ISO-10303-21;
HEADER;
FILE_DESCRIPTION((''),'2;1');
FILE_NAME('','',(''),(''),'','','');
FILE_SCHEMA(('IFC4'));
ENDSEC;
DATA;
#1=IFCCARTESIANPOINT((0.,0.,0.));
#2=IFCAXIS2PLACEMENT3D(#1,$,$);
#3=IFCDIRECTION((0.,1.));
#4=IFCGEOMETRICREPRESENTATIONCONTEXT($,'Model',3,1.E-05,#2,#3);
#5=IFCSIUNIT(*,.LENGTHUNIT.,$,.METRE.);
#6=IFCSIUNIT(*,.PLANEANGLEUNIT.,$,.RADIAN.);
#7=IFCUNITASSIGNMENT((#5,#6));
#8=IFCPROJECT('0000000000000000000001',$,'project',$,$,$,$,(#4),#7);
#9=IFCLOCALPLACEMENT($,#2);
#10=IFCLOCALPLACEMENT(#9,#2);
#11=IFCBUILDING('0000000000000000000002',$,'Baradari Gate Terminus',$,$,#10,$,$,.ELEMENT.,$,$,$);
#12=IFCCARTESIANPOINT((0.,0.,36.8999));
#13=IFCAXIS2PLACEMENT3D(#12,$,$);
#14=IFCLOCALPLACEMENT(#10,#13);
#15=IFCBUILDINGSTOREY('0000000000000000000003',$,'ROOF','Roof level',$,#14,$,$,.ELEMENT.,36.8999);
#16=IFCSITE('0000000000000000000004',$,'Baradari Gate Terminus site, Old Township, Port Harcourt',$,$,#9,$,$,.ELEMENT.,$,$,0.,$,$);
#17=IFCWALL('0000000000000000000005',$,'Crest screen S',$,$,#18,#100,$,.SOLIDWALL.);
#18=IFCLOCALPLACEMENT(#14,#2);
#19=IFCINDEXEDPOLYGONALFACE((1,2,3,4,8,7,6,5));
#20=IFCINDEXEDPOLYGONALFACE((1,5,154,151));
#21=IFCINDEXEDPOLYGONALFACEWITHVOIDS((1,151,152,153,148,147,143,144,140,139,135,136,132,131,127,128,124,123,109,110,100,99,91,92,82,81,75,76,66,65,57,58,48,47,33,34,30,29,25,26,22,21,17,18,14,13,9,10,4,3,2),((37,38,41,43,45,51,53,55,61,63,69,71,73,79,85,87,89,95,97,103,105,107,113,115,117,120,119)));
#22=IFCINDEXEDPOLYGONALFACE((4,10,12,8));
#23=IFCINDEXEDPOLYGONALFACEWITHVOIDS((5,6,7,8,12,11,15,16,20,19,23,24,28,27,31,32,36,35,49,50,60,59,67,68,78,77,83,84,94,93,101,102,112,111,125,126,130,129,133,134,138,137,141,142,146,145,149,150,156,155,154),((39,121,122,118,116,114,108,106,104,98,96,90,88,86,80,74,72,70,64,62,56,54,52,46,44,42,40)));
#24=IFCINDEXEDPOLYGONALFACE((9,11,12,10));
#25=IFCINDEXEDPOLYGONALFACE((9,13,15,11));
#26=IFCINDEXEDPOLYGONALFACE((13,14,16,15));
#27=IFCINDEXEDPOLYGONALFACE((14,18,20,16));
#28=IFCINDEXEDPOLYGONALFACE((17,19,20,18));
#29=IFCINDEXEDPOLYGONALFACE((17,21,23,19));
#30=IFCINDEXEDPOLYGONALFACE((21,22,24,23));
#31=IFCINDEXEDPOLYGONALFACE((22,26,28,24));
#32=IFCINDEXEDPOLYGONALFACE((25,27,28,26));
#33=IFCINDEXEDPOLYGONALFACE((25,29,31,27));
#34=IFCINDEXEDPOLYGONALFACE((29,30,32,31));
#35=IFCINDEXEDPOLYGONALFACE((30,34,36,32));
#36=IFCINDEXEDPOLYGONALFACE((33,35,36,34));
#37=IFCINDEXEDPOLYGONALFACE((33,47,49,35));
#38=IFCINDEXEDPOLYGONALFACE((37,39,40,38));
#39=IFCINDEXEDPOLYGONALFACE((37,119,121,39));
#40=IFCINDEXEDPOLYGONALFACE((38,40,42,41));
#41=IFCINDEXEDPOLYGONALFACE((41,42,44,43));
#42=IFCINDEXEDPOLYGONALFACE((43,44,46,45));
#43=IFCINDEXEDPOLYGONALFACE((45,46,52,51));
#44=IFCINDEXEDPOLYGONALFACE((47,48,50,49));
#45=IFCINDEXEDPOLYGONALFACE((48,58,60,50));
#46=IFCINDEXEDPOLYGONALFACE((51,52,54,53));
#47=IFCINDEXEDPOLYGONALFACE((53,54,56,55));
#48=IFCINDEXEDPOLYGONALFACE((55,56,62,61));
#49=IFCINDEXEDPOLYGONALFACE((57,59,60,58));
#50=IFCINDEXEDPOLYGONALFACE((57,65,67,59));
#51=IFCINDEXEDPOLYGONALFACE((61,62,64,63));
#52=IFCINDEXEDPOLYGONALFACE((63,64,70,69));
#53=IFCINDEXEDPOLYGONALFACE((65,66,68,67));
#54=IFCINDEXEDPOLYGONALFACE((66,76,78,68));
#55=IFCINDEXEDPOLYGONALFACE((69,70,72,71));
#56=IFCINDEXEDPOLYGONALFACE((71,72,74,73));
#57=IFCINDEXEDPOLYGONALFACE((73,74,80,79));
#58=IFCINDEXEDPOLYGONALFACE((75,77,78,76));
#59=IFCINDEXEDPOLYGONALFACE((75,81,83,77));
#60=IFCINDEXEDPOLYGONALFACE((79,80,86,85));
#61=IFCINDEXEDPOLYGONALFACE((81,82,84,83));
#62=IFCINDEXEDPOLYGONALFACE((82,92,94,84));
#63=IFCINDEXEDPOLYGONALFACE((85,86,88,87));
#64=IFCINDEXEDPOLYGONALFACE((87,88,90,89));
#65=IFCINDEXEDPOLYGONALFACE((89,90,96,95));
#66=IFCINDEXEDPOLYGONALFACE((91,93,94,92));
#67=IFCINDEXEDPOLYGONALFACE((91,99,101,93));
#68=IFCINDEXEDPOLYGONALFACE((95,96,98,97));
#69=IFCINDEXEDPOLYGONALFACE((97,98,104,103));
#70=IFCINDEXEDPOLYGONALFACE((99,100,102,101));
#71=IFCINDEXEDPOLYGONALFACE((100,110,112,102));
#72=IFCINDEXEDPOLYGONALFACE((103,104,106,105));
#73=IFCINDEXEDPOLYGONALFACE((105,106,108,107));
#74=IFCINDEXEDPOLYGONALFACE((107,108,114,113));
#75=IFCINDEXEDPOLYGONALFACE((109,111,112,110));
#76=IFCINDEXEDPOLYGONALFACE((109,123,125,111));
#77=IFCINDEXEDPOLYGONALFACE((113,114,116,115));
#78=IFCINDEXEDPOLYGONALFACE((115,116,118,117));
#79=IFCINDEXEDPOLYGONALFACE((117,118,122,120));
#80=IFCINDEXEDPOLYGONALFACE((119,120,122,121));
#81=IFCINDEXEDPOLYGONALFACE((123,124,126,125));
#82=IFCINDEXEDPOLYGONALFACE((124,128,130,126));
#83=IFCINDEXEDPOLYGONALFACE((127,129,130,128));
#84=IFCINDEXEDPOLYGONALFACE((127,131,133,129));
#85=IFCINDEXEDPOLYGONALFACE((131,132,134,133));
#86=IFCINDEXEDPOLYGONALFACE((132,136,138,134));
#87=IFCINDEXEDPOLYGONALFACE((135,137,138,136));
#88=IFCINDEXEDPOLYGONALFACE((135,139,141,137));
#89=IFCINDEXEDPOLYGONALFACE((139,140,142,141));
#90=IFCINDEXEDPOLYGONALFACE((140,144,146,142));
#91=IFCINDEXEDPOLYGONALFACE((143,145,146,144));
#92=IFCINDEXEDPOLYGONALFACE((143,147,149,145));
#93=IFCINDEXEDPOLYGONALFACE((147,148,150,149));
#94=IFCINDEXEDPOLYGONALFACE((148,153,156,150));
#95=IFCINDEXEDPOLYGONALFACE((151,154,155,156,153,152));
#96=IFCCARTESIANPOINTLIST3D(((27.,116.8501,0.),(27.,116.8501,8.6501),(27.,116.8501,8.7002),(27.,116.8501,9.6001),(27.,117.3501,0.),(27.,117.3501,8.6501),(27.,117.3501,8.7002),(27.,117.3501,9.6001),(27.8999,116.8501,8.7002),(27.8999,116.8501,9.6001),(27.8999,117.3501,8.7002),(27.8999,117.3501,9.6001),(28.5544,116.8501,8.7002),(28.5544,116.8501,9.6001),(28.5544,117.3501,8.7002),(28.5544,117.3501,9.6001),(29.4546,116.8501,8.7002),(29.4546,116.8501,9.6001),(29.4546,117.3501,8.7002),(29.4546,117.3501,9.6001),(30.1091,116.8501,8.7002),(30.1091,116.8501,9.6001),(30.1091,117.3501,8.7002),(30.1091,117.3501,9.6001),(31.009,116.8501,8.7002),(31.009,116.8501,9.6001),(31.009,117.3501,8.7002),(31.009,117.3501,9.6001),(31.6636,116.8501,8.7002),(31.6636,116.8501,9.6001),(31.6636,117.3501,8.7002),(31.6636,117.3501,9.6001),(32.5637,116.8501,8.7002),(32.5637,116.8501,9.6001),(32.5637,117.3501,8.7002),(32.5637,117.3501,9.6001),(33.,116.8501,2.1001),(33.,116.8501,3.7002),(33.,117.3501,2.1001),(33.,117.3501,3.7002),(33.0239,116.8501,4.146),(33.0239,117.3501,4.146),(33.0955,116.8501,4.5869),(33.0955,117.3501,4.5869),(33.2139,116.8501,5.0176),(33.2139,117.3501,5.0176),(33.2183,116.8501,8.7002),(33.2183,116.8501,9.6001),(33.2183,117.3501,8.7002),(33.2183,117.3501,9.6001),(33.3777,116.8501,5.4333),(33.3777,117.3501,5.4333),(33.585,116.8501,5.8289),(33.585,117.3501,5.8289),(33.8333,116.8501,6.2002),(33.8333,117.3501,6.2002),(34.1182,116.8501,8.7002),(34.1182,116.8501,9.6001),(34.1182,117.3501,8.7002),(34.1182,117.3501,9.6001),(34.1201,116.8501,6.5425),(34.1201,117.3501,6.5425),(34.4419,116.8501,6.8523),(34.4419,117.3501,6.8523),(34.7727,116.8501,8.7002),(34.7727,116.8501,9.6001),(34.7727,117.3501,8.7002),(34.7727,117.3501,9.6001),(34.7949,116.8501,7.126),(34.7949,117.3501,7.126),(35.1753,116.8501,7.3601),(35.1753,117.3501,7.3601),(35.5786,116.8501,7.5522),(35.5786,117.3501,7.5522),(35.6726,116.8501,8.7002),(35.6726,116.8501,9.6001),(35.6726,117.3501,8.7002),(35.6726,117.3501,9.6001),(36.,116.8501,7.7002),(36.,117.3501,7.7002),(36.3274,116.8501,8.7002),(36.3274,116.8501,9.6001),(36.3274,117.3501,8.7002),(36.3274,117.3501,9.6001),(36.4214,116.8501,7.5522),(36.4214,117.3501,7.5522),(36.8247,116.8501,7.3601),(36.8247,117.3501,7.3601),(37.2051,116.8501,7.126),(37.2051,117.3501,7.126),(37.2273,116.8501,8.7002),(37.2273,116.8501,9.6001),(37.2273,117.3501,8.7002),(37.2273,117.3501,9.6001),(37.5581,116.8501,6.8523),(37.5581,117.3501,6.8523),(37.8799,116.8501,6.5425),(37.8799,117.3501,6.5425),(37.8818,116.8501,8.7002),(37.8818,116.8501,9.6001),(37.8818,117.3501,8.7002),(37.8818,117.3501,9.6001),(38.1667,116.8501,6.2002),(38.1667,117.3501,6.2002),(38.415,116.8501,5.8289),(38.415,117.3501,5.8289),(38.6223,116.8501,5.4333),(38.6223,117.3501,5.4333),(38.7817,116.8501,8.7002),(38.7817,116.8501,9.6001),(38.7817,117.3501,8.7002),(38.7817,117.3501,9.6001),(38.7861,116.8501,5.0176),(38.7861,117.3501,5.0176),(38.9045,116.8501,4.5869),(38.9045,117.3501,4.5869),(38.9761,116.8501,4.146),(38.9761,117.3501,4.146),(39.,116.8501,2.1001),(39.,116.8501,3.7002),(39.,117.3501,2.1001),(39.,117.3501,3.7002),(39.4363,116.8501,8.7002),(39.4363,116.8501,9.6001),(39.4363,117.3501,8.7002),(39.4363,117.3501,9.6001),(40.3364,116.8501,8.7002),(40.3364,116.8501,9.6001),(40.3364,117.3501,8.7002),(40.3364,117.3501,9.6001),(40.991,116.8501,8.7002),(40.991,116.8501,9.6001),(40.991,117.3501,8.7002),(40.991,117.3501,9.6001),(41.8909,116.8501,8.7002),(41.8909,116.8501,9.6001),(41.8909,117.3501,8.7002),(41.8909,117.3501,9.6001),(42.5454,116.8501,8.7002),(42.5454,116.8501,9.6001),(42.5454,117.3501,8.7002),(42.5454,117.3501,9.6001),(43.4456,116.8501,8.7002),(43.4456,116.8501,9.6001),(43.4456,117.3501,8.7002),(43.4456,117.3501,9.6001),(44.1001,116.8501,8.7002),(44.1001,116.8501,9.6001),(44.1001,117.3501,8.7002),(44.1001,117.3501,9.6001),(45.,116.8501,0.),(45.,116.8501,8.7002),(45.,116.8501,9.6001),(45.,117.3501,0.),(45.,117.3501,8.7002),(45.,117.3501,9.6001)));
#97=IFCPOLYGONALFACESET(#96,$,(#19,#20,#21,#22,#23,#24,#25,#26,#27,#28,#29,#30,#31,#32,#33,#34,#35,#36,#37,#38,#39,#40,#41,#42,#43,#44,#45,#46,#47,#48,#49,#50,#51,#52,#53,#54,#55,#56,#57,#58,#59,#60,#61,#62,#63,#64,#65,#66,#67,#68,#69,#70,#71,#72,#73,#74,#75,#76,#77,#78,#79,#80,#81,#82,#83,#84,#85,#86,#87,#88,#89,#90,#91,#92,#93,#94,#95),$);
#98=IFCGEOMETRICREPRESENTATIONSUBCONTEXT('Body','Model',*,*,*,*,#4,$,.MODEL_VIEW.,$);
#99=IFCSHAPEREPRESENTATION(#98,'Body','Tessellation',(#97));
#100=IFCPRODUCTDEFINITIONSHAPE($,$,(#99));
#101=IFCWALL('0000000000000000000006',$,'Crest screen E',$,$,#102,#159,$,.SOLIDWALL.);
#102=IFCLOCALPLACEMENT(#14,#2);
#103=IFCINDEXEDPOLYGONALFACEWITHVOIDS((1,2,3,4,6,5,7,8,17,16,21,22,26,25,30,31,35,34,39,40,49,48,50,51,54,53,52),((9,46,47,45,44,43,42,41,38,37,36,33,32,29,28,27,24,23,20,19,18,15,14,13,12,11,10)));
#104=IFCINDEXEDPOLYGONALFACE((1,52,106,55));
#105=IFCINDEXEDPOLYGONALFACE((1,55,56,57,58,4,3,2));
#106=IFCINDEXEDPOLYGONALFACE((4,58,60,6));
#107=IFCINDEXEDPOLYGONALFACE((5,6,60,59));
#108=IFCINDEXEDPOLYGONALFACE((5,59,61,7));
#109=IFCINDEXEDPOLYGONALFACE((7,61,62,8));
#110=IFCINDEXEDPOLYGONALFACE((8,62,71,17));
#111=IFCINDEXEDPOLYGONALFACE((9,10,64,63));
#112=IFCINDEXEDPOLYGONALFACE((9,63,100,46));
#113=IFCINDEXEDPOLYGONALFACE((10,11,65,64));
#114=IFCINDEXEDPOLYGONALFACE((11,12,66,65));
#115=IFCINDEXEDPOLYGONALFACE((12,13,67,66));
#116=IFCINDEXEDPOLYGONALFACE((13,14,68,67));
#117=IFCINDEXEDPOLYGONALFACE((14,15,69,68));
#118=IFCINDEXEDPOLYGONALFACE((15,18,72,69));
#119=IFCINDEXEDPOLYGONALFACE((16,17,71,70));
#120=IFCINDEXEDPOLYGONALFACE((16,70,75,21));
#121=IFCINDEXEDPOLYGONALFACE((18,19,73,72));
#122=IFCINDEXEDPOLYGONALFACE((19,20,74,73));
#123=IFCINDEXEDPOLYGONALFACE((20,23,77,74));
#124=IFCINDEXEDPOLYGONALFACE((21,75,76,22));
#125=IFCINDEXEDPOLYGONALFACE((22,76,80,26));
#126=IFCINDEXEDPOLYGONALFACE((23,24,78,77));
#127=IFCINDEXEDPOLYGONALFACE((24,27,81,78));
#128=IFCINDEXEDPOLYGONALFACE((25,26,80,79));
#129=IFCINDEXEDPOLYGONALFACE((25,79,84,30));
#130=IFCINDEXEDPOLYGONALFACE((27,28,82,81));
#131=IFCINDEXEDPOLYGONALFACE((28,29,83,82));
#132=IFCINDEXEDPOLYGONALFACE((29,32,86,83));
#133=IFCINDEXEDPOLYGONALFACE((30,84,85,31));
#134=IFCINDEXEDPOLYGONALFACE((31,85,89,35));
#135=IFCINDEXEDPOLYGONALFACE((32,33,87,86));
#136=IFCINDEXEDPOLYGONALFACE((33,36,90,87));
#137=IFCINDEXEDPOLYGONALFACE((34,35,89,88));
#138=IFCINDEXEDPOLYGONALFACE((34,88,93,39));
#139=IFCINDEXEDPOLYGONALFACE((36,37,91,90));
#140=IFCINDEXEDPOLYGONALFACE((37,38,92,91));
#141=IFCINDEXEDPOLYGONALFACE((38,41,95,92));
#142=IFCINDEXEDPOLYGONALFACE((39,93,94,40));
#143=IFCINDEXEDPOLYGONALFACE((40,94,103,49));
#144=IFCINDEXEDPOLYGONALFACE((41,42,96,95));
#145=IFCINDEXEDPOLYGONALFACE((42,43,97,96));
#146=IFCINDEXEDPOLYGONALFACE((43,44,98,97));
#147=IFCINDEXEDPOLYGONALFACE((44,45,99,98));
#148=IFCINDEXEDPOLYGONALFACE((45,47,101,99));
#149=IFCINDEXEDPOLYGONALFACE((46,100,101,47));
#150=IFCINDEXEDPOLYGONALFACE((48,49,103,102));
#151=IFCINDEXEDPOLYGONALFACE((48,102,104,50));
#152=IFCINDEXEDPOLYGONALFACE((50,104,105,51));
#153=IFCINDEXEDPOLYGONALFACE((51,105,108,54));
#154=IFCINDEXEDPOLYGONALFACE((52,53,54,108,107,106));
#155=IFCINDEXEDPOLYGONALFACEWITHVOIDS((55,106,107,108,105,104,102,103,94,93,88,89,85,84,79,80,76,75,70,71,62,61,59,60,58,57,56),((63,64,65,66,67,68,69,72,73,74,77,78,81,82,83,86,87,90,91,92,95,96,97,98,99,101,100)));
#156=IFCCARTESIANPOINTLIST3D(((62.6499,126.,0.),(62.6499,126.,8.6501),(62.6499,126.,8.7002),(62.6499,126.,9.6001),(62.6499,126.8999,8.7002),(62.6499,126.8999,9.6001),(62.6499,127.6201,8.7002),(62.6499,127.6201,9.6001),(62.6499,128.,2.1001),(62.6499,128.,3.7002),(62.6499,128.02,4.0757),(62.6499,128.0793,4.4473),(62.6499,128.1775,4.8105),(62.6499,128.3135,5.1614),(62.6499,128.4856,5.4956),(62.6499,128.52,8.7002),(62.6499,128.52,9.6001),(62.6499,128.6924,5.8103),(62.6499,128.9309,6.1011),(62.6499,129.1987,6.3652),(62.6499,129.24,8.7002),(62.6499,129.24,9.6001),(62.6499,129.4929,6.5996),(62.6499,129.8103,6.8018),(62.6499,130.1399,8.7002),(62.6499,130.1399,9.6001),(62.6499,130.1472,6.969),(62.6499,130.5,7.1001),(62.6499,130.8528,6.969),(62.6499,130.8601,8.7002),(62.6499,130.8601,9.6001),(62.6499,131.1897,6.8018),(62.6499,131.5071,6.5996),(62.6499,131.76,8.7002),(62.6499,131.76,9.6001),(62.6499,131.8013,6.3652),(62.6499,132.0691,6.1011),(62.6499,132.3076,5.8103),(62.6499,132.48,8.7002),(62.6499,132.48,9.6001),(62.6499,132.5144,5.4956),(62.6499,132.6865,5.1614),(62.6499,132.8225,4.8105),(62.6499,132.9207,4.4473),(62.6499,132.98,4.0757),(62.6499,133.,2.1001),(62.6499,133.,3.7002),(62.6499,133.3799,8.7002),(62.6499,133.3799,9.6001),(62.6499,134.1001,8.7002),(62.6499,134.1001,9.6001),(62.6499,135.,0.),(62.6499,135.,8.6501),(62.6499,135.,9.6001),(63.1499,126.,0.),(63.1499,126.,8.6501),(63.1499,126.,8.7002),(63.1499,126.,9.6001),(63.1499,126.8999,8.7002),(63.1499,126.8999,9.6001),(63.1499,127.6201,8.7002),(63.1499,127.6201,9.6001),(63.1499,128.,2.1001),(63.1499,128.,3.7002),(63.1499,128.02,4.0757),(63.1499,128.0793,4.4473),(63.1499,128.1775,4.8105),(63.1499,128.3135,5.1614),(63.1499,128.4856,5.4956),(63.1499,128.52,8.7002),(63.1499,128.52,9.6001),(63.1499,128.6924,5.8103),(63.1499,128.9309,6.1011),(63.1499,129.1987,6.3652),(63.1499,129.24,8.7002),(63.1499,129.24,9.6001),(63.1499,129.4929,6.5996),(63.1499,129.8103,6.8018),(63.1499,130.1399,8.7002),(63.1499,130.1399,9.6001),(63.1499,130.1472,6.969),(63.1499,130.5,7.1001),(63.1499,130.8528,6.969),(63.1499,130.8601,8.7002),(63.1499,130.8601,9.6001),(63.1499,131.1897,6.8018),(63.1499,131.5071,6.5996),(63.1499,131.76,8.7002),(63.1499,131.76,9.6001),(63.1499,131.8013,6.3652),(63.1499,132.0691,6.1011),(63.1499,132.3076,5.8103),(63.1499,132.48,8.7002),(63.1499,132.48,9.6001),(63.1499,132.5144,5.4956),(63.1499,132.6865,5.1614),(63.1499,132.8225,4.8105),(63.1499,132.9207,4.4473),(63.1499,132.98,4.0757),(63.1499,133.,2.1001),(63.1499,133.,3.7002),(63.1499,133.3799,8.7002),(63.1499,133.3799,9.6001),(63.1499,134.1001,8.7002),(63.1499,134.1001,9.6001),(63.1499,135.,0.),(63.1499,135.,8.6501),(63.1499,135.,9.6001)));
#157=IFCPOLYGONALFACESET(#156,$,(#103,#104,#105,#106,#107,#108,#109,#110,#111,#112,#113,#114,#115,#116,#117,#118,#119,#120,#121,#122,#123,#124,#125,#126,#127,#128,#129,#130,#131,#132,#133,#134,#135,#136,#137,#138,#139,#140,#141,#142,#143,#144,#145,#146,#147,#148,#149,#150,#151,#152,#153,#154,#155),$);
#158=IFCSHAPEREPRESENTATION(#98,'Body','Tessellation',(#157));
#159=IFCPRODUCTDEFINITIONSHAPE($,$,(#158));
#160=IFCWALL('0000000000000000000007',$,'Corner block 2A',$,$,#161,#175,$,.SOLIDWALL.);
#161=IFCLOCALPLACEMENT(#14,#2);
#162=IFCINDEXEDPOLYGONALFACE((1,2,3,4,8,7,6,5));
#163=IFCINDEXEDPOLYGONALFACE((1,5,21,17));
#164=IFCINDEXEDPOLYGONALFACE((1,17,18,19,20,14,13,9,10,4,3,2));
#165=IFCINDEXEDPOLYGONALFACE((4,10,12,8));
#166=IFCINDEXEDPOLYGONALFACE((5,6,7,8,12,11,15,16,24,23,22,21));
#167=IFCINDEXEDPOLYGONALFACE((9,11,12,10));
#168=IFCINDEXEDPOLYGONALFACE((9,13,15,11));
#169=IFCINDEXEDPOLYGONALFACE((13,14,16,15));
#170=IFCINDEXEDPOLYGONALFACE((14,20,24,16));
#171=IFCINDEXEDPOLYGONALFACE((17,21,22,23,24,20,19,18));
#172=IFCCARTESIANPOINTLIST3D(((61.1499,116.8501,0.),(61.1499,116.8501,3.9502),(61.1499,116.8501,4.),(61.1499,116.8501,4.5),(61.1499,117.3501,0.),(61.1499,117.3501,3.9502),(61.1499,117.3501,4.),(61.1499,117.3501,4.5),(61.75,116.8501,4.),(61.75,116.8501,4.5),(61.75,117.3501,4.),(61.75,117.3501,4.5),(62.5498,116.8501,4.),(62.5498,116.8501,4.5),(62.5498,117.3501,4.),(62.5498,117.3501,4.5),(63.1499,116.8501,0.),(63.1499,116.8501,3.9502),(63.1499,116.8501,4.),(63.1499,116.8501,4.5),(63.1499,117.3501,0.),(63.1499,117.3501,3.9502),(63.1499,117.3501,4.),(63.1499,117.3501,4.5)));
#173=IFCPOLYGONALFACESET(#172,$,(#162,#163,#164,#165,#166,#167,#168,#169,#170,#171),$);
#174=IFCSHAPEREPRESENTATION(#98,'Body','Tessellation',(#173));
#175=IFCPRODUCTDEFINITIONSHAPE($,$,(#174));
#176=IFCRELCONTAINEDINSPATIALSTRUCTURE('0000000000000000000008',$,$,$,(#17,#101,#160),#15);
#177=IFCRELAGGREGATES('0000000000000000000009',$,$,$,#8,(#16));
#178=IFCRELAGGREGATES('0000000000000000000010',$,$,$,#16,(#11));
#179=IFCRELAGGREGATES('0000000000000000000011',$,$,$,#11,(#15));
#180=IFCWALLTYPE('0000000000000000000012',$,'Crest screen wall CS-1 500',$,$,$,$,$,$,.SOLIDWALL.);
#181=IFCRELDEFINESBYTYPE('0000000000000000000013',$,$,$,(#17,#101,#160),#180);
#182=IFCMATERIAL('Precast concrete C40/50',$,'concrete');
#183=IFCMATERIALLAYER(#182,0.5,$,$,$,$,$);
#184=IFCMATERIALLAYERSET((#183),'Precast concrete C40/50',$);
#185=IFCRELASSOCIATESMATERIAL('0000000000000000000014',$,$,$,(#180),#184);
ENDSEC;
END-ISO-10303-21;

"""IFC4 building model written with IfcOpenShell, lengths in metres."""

from ifc_helpers import new_model, si_unit, direction, frame, origin, place, context, subcontext, project, spatial, polyline, outline, extrude, material, layer, layer_set, type_object, element, save


model = new_model("IFC4")

# Units and contexts
model_context = context("Model", 3, precision=1e-05, world=origin(), true_north=direction((0.0, 1.0)))
body_context = subcontext(model_context, "Body", "Model", "MODEL_VIEW")
ifc_project = project(units=[si_unit("LENGTHUNIT", "METRE"), si_unit("PLANEANGLEUNIT", "RADIAN")], contexts=[model_context])

# Site, building, storey
site_placement = place(None, origin())
site = spatial("IfcSite", under=ifc_project, at=site_placement, Name="Baradari Gate Terminus site, Old Township, Port Harcourt", CompositionType="ELEMENT", RefElevation=0.0)
building_placement = place(site_placement, origin())
building = spatial("IfcBuilding", under=site, at=building_placement, Name="Baradari Gate Terminus", CompositionType="ELEMENT")
storey_placement = place(building_placement, frame((0.0, 0.0, 36.8999)))
storey = spatial("IfcBuildingStorey", under=building, at=storey_placement, Name="ROOF", Description="Roof level", CompositionType="ELEMENT", Elevation=36.8999)

# Walls
ifc_material_1 = material(Name="Precast concrete C40/50", Category="concrete")
ifc_layer_1 = layer(ifc_material_1, 0.5)
ifc_layer_set_1 = layer_set([ifc_layer_1], Name="Precast concrete C40/50")
wall_type_1 = type_object("IfcWallType", Name="Crest screen wall CS-1 500", PredefinedType="SOLIDWALL", material=ifc_layer_set_1)
wall_1_placement = place(storey_placement, frame((27.0, 117.1001, 0.0), z_axis=(0.0, 0.0, 1.0), x_axis=(1.0, 0.0, 0.0)))
element("IfcWall", 1, at=wall_1_placement, inside=storey, type_object=wall_type_1, Name="Crest screen S", PredefinedType="SOLIDWALL", context=body_context, shape_type="SweptSolid", body=[
    extrude(outline(polyline([(0.0, 0.0), (18.0, 0.0), (18.0, 8.7002), (18.0, 8.7002), (18.0, 9.6001), (17.1001, 9.6001), (17.1001, 8.7002), (16.4456, 8.7002), (16.4456, 9.6001), (15.5454, 9.6001), (15.5454, 8.7002), (14.8909, 8.7002), (14.8909, 9.6001), (13.991, 9.6001), (13.991, 8.7002), (13.3364, 8.7002), (13.3364, 9.6001), (12.4363, 9.6001), (12.4363, 8.7002), (11.7817, 8.7002), (11.7817, 9.6001), (10.8818, 9.6001), (10.8818, 8.7002), (10.2273, 8.7002), (10.2273, 9.6001), (9.3274, 9.6001), (9.3274, 8.7002), (8.6726, 8.7002), (8.6726, 9.6001), (7.7727, 9.6001), (7.7727, 8.7002), (7.1182, 8.7002), (7.1182, 9.6001), (6.2183, 9.6001), (6.2183, 8.7002), (5.5637, 8.7002), (5.5637, 9.6001), (4.6636, 9.6001), (4.6636, 8.7002), (4.009, 8.7002), (4.009, 9.6001), (3.1091, 9.6001), (3.1091, 8.7002), (2.4546, 8.7002), (2.4546, 9.6001), (1.5544, 9.6001), (1.5544, 8.7002), (0.8999, 8.7002), (0.8999, 9.6001), (0.0, 9.6001), (0.0, 8.7002), (0.0, 8.6501), (0.0, 0.0)]), holes=[polyline([(6.0, 2.1001), (6.0, 3.7002), (6.0239, 4.146), (6.0955, 4.5869), (6.2139, 5.0176), (6.3777, 5.4333), (6.585, 5.8289), (6.8333, 6.2002), (7.1201, 6.5425), (7.4419, 6.8523), (7.7949, 7.126), (8.1753, 7.3601), (8.5786, 7.5522), (9.0, 7.7002), (9.4214, 7.5522), (9.8247, 7.3601), (10.2051, 7.126), (10.5581, 6.8523), (10.8799, 6.5425), (11.1667, 6.2002), (11.415, 5.8289), (11.6223, 5.4333), (11.7861, 5.0176), (11.9045, 4.5869), (11.9761, 4.146), (12.0, 3.7002), (12.0, 2.1001), (6.0, 2.1001)])]), frame((0.0, 0.25, 0.0), z_axis=(0.0, -1.0, 0.0), x_axis=(1.0, 0.0, 0.0)), (0.0, 0.0, 1.0), 0.5),
])
wall_2_placement = place(storey_placement, frame((62.8999, 126.0, 0.0), z_axis=(0.0, 0.0, 1.0), x_axis=(0.0, 1.0, 0.0)))
element("IfcWall", 2, at=wall_2_placement, inside=storey, type_object=wall_type_1, Name="Crest screen E", PredefinedType="SOLIDWALL", context=body_context, shape_type="SweptSolid", body=[
    extrude(outline(polyline([(9.0, 0.0), (9.0, 8.6501), (9.0, 8.6501), (9.0, 9.6001), (8.1001, 9.6001), (8.1001, 8.7002), (7.3799, 8.7002), (7.3799, 9.6001), (6.48, 9.6001), (6.48, 8.7002), (5.76, 8.7002), (5.76, 9.6001), (4.8601, 9.6001), (4.8601, 8.7002), (4.1399, 8.7002), (4.1399, 9.6001), (3.24, 9.6001), (3.24, 8.7002), (2.52, 8.7002), (2.52, 9.6001), (1.6201, 9.6001), (1.6201, 8.7002), (0.8999, 8.7002), (0.8999, 9.6001), (0.0, 9.6001), (0.0, 8.7002), (0.0, 8.6501), (0.0, 0.0), (9.0, 0.0)]), holes=[polyline([(2.0, 2.1001), (2.0, 3.7002), (2.02, 4.0757), (2.0793, 4.4473), (2.1775, 4.8105), (2.3135, 5.1614), (2.4856, 5.4956), (2.6924, 5.8103), (2.9309, 6.1011), (3.1987, 6.3652), (3.4929, 6.5996), (3.8103, 6.8018), (4.1472, 6.969), (4.5, 7.1001), (4.8528, 6.969), (5.1897, 6.8018), (5.5071, 6.5996), (5.8013, 6.3652), (6.0691, 6.1011), (6.3076, 5.8103), (6.5144, 5.4956), (6.6865, 5.1614), (6.8225, 4.8105), (6.9207, 4.4473), (6.98, 4.0757), (7.0, 3.7002), (7.0, 2.1001), (2.0, 2.1001)])]), frame((0.0, 0.25, 0.0), z_axis=(0.0, -1.0, 0.0), x_axis=(1.0, 0.0, 0.0)), (0.0, 0.0, 1.0), 0.5),
])
wall_3_placement = place(storey_placement, frame((63.1499, 117.1001, 0.0), z_axis=(0.0, 0.0, 1.0), x_axis=(-1.0, 0.0, 0.0)))
element("IfcWall", 3, at=wall_3_placement, inside=storey, type_object=wall_type_1, Name="Corner block 2A", PredefinedType="SOLIDWALL", context=body_context, shape_type="SweptSolid", body=[
    extrude(outline(polyline([(2.0, 3.9502), (2.0, 4.0), (2.0, 4.5), (1.3999, 4.5), (1.3999, 4.0), (0.6001, 4.0), (0.6001, 4.5), (0.0, 4.5), (0.0, 4.0), (0.0, 3.9502), (0.0, 0.0), (2.0, 0.0), (2.0, 3.9502)])), frame((0.0, 0.25, 0.0), z_axis=(0.0, -1.0, 0.0), x_axis=(1.0, 0.0, 0.0)), (0.0, 0.0, 1.0), 0.5),
])

save(model, "model.ifc")
